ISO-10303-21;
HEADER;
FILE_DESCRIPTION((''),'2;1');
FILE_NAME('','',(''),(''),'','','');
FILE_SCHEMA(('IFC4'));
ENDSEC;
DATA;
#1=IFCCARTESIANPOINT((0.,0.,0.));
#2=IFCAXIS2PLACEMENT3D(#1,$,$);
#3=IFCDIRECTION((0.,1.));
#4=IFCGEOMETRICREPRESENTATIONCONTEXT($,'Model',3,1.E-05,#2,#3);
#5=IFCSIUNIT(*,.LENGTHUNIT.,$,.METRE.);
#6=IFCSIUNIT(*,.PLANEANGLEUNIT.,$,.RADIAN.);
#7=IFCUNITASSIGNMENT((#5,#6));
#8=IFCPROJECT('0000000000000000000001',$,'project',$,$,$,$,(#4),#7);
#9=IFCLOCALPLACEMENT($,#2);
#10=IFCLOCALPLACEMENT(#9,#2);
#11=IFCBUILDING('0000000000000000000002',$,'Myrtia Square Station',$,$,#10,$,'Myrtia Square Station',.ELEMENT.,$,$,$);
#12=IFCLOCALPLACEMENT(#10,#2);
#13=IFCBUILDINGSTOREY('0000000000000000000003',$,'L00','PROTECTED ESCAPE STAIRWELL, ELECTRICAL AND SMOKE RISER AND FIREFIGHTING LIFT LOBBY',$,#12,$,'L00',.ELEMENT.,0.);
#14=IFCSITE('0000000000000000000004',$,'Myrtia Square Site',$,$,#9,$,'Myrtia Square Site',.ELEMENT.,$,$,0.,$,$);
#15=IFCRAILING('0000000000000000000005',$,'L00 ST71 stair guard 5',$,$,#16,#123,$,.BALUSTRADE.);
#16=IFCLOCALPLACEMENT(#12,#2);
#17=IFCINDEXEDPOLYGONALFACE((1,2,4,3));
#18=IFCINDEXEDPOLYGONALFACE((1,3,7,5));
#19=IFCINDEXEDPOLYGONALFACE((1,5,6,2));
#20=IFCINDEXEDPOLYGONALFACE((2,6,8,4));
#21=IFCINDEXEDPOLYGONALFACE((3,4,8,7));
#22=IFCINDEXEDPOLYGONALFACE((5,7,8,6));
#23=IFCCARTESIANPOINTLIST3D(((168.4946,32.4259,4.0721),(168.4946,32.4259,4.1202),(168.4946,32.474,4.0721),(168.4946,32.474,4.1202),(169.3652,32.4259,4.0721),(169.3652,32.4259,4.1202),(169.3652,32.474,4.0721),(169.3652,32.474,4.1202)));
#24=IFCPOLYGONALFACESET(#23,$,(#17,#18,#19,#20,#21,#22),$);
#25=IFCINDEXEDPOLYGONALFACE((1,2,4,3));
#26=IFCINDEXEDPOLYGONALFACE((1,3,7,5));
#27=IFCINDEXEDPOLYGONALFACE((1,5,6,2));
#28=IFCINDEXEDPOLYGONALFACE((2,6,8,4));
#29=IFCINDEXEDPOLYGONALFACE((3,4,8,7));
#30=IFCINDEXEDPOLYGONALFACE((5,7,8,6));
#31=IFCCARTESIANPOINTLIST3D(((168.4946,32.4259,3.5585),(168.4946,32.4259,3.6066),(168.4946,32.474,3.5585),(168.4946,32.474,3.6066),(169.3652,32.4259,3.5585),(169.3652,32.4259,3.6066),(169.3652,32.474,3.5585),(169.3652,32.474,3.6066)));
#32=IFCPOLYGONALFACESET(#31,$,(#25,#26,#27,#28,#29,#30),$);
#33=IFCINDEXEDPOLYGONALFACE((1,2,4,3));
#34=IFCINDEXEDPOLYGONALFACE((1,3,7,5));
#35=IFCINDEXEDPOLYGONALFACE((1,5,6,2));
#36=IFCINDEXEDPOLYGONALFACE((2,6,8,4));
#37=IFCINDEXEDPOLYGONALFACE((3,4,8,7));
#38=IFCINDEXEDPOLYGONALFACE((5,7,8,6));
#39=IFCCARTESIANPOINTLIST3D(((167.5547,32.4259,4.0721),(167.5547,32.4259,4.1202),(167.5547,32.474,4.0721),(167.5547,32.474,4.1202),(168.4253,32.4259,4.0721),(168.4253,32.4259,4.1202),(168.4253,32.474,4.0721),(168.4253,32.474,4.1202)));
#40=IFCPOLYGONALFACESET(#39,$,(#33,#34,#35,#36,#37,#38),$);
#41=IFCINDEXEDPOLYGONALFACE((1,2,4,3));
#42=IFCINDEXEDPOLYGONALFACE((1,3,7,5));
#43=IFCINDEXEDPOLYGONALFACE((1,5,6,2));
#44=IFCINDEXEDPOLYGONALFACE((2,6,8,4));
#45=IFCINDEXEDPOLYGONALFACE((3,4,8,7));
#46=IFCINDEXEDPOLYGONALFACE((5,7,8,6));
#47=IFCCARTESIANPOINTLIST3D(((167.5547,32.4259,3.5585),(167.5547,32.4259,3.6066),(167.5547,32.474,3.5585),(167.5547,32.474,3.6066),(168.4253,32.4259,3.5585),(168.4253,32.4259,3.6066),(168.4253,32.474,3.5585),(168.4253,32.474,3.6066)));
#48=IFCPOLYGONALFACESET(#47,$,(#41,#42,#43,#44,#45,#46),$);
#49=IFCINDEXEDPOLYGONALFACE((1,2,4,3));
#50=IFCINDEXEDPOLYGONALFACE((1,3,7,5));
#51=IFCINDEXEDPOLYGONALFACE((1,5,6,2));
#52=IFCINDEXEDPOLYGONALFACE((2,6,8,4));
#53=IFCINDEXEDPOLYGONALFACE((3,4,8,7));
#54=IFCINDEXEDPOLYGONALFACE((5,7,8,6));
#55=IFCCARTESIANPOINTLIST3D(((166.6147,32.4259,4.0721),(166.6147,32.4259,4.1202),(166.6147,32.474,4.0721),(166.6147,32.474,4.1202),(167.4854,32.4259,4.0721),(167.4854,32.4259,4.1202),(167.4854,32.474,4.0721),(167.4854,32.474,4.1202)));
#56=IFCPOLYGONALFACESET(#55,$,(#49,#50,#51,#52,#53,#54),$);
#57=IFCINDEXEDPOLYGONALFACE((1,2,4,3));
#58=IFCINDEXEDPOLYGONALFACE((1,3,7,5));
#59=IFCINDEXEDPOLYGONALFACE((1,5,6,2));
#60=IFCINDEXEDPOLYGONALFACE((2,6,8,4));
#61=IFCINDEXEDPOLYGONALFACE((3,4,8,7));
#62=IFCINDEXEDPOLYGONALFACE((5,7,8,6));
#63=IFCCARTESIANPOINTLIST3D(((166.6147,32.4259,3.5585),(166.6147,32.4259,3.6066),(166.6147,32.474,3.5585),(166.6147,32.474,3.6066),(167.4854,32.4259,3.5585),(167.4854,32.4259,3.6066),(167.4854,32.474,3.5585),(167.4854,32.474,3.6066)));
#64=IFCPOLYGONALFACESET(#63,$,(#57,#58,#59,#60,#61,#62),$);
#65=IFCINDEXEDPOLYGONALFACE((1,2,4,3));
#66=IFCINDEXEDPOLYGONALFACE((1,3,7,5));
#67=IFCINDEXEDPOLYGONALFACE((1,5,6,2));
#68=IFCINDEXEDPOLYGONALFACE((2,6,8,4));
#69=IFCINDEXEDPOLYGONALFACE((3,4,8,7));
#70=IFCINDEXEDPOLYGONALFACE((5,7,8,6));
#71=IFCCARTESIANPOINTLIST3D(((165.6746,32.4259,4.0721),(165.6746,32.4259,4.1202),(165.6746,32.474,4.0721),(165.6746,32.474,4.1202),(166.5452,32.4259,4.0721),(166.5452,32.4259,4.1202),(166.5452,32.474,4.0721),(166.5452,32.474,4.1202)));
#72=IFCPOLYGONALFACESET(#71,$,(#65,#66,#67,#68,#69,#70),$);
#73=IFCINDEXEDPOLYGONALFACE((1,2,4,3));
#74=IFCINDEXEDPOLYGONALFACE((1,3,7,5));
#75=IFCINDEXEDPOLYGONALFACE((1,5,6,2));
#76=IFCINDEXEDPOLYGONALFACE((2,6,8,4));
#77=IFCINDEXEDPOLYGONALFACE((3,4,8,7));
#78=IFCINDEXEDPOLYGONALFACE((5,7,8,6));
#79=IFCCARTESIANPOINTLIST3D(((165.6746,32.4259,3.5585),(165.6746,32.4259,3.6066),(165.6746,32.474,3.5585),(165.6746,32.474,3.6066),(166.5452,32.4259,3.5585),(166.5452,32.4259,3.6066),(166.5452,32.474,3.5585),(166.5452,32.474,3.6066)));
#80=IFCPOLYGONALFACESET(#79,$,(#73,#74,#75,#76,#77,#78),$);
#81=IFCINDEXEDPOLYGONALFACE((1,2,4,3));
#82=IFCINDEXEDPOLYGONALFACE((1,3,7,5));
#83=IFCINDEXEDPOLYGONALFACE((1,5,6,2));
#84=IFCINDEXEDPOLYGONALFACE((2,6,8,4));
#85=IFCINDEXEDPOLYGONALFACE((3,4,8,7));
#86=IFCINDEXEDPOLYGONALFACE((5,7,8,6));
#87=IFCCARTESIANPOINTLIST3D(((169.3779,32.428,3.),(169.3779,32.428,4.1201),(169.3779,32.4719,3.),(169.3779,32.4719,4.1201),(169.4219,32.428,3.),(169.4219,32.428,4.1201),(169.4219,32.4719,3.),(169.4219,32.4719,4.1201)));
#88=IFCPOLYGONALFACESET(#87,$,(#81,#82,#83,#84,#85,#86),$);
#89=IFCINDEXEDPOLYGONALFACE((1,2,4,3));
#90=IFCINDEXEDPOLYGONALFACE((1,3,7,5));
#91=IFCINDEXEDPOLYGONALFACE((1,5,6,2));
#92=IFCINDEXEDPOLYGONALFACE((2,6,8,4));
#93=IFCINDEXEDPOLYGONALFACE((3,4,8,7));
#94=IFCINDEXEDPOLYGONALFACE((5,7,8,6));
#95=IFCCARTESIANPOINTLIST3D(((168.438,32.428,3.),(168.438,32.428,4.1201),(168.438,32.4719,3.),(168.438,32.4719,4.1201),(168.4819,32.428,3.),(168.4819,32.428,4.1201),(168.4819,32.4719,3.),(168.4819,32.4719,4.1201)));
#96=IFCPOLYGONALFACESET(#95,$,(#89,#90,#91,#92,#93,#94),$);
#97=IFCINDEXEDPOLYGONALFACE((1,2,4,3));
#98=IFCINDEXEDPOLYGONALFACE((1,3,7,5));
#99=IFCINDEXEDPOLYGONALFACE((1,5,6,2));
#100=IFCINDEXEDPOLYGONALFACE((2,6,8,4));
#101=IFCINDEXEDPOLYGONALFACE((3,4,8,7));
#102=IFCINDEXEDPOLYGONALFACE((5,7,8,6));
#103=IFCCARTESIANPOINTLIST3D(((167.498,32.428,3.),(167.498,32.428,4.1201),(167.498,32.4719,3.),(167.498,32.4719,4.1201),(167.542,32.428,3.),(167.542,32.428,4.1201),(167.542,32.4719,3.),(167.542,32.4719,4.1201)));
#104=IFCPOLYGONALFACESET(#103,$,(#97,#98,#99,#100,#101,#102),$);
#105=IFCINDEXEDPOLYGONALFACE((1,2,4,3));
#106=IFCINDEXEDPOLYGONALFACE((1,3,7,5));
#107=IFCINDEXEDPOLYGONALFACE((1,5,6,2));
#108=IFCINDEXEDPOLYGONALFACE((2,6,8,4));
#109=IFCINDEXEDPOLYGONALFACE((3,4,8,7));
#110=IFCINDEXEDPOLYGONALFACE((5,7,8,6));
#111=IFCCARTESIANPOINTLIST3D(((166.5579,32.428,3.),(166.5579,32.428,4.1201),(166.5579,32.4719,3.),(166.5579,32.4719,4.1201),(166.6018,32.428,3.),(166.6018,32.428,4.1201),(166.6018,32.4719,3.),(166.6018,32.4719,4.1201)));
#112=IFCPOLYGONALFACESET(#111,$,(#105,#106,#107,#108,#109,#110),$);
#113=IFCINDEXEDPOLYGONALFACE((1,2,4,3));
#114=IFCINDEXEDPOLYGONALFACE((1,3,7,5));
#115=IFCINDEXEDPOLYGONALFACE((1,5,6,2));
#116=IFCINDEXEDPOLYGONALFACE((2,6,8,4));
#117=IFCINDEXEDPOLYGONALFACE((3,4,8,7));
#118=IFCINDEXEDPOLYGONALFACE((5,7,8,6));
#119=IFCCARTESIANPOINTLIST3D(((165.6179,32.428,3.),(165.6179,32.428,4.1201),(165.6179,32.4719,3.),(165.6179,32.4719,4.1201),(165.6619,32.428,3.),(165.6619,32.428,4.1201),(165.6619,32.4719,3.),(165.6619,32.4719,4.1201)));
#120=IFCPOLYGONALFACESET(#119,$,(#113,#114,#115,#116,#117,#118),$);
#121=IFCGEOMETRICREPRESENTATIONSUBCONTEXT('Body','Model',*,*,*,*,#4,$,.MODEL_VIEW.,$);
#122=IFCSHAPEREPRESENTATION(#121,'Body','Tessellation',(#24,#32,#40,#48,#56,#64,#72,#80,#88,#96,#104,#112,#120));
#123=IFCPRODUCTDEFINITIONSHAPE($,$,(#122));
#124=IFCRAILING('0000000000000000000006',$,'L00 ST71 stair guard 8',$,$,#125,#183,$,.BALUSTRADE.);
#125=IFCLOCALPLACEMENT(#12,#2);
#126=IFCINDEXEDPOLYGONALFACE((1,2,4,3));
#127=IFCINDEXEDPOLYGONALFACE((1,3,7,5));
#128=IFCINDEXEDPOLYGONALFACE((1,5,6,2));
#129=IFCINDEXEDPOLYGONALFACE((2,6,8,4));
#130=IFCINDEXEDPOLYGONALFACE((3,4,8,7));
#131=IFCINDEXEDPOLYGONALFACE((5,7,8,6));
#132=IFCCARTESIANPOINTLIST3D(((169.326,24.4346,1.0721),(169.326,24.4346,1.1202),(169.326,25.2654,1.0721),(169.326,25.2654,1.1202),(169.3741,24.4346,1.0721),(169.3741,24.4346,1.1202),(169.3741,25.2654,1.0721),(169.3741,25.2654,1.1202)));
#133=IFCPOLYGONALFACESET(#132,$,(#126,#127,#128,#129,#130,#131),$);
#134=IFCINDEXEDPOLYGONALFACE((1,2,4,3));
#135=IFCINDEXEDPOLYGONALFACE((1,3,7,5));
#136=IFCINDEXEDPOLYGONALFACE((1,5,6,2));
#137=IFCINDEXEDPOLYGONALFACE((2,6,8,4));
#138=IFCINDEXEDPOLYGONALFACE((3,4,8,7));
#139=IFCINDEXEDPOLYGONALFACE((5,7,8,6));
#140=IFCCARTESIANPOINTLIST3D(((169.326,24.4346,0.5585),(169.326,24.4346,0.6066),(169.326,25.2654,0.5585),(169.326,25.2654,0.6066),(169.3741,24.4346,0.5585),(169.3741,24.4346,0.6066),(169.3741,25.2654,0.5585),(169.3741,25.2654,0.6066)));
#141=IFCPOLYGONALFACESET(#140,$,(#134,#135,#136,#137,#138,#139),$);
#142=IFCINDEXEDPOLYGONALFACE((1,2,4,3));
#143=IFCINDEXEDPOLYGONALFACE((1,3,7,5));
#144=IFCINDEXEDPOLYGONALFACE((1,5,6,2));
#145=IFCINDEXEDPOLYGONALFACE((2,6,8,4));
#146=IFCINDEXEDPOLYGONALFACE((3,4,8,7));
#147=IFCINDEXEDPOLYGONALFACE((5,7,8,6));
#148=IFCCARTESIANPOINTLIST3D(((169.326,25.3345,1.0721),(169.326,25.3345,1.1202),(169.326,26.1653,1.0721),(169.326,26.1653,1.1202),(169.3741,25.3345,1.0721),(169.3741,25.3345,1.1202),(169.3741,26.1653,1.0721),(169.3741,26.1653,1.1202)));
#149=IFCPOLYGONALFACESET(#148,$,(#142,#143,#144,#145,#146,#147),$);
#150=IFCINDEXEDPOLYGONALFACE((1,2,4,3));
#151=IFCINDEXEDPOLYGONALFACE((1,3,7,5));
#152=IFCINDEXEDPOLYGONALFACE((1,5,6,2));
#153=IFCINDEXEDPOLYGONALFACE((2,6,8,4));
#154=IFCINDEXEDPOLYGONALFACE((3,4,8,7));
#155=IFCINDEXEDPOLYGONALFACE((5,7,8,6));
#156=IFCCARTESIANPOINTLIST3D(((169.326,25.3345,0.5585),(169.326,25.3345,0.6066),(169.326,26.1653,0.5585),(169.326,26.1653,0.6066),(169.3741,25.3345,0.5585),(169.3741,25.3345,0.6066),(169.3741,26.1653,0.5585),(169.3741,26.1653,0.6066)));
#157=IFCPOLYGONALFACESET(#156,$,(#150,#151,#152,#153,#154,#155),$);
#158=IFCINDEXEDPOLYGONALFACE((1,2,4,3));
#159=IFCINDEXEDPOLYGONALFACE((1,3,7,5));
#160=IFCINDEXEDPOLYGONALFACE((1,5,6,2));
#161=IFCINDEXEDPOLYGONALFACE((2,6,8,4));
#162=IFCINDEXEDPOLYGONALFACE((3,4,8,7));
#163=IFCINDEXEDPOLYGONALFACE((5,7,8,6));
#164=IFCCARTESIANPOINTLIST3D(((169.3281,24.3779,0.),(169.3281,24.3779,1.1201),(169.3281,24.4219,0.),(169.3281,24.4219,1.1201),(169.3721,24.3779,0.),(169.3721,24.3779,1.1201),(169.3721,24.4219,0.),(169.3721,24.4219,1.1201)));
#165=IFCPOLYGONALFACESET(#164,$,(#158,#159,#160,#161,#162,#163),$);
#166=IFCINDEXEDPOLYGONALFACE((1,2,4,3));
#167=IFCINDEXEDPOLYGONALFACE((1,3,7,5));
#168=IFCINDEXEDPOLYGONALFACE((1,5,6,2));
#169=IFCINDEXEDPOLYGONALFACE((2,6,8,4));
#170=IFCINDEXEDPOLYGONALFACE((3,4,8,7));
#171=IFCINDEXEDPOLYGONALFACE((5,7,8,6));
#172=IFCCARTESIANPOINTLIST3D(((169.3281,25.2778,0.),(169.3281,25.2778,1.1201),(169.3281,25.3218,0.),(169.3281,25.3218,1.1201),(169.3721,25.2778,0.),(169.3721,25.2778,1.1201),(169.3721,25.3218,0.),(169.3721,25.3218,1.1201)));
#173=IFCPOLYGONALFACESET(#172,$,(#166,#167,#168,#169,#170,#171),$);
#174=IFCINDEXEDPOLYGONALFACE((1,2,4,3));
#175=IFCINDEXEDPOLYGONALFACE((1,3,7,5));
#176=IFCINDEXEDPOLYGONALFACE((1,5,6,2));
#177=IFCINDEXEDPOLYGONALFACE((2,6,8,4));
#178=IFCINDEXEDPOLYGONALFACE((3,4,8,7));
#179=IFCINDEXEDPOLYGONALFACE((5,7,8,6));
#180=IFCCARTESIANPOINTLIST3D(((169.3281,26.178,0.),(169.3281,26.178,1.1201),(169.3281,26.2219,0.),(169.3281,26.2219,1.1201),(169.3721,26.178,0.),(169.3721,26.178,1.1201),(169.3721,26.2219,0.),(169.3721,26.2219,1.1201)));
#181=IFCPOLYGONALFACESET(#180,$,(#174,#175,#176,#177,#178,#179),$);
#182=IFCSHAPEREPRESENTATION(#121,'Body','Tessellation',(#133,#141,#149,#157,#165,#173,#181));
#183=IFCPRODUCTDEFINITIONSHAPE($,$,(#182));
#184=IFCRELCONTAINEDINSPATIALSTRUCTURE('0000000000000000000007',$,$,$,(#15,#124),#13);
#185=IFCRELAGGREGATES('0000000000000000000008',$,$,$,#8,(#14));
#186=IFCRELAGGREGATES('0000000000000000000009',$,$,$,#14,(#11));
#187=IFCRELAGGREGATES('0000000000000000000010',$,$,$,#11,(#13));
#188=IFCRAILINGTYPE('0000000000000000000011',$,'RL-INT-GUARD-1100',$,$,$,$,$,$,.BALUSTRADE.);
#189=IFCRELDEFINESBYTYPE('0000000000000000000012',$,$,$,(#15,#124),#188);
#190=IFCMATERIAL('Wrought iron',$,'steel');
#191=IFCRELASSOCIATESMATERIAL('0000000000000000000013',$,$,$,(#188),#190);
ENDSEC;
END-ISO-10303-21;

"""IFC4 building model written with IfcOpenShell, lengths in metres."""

from ifc_helpers import new_model, si_unit, direction, frame, origin, origin_2d, place, context, subcontext, project, spatial, rectangle, extrude, material, type_object, element, save


model = new_model("IFC4")

# Units and contexts
model_context = context("Model", 3, precision=1e-05, world=origin(), true_north=direction((0.0, 1.0)))
body_context = subcontext(model_context, "Body", "Model", "MODEL_VIEW")
ifc_project = project(units=[si_unit("LENGTHUNIT", "METRE"), si_unit("PLANEANGLEUNIT", "RADIAN")], contexts=[model_context])

# Site, building, storey
site_placement = place(None, origin())
site = spatial("IfcSite", under=ifc_project, at=site_placement, Name="Myrtia Square Site", LongName="Myrtia Square Site", CompositionType="ELEMENT", RefElevation=0.0)
building_placement = place(site_placement, origin())
building = spatial("IfcBuilding", under=site, at=building_placement, Name="Myrtia Square Station", LongName="Myrtia Square Station", CompositionType="ELEMENT")
storey_placement = place(building_placement, origin())
storey = spatial("IfcBuildingStorey", under=building, at=storey_placement, Name="L00", Description="PROTECTED ESCAPE STAIRWELL, ELECTRICAL AND SMOKE RISER AND FIREFIGHTING LIFT LOBBY", LongName="L00", CompositionType="ELEMENT", Elevation=0.0)

# Railings
ifc_material_1 = material(Name="Wrought iron", Category="steel")
railing_type_1 = type_object("IfcRailingType", Name="RL-INT-GUARD-1100", PredefinedType="BALUSTRADE", material=ifc_material_1)
railing_1_placement = place(storey_placement, frame((169.3999, 32.45, 3.0)))
element("IfcRailing", 1, at=railing_1_placement, inside=storey, type_object=railing_type_1, Name="L00 ST71 stair guard 5", PredefinedType="BALUSTRADE", context=body_context, shape_type="SweptSolid", body=[
    extrude(rectangle(XDim=0.0481, YDim=0.0481, at=origin_2d()), frame((-0.0347, 0.0, 1.0962), z_axis=(-1.0, 0.0, 0.0), x_axis=(0.0, -1.0, 0.0)), (0.0, 0.0, 1.0), 0.8706),
    extrude(rectangle(XDim=0.0481, YDim=0.0481, at=origin_2d()), frame((-0.0347, 0.0, 0.5825), z_axis=(-1.0, 0.0, 0.0), x_axis=(0.0, -1.0, 0.0)), (0.0, 0.0, 1.0), 0.8706),
    extrude(rectangle(XDim=0.0481, YDim=0.0481, at=origin_2d()), frame((-0.9746, 0.0, 1.0962), z_axis=(-1.0, 0.0, 0.0), x_axis=(0.0, -1.0, 0.0)), (0.0, 0.0, 1.0), 0.8706),
    extrude(rectangle(XDim=0.0481, YDim=0.0481, at=origin_2d()), frame((-0.9746, 0.0, 0.5825), z_axis=(-1.0, 0.0, 0.0), x_axis=(0.0, -1.0, 0.0)), (0.0, 0.0, 1.0), 0.8706),
    extrude(rectangle(XDim=0.0481, YDim=0.0481, at=origin_2d()), frame((-1.9146, 0.0, 1.0962), z_axis=(-1.0, 0.0, 0.0), x_axis=(0.0, -1.0, 0.0)), (0.0, 0.0, 1.0), 0.8706),
    extrude(rectangle(XDim=0.0481, YDim=0.0481, at=origin_2d()), frame((-1.9146, 0.0, 0.5825), z_axis=(-1.0, 0.0, 0.0), x_axis=(0.0, -1.0, 0.0)), (0.0, 0.0, 1.0), 0.8706),
    extrude(rectangle(XDim=0.0481, YDim=0.0481, at=origin_2d()), frame((-2.8547, 0.0, 1.0962), z_axis=(-1.0, 0.0, 0.0), x_axis=(0.0, -1.0, 0.0)), (0.0, 0.0, 1.0), 0.8706),
    extrude(rectangle(XDim=0.0481, YDim=0.0481, at=origin_2d()), frame((-2.8547, 0.0, 0.5825), z_axis=(-1.0, 0.0, 0.0), x_axis=(0.0, -1.0, 0.0)), (0.0, 0.0, 1.0), 0.8706),
    extrude(rectangle(XDim=0.0439, YDim=0.0439, at=origin_2d()), origin(), (0.0, 0.0, 1.0), 1.1201),
    extrude(rectangle(XDim=0.0439, YDim=0.0439, at=origin_2d()), frame((-0.9399, 0.0, 0.0)), (0.0, 0.0, 1.0), 1.1201),
    extrude(rectangle(XDim=0.0439, YDim=0.0439, at=origin_2d()), frame((-1.8799, 0.0, 0.0)), (0.0, 0.0, 1.0), 1.1201),
    extrude(rectangle(XDim=0.0439, YDim=0.0439, at=origin_2d()), frame((-2.8201, 0.0, 0.0)), (0.0, 0.0, 1.0), 1.1201),
    extrude(rectangle(XDim=0.0439, YDim=0.0439, at=origin_2d()), frame((-3.76, 0.0, 0.0)), (0.0, 0.0, 1.0), 1.1201),
])
railing_2_placement = place(storey_placement, frame((169.3501, 24.3999, 0.0)))
element("IfcRailing", 2, at=railing_2_placement, inside=storey, type_object=railing_type_1, Name="L00 ST71 stair guard 8", PredefinedType="BALUSTRADE", context=body_context, shape_type="SweptSolid", body=[
    extrude(rectangle(XDim=0.0481, YDim=0.0481, at=origin_2d()), frame((0.0, 0.0347, 1.0962), z_axis=(0.0, 1.0, 0.0), x_axis=(-1.0, 0.0, 0.0)), (0.0, 0.0, 1.0), 0.8308),
    extrude(rectangle(XDim=0.0481, YDim=0.0481, at=origin_2d()), frame((0.0, 0.0347, 0.5825), z_axis=(0.0, 1.0, 0.0), x_axis=(-1.0, 0.0, 0.0)), (0.0, 0.0, 1.0), 0.8308),
    extrude(rectangle(XDim=0.0481, YDim=0.0481, at=origin_2d()), frame((0.0, 0.9346, 1.0962), z_axis=(0.0, 1.0, 0.0), x_axis=(-1.0, 0.0, 0.0)), (0.0, 0.0, 1.0), 0.8308),
    extrude(rectangle(XDim=0.0481, YDim=0.0481, at=origin_2d()), frame((0.0, 0.9346, 0.5825), z_axis=(0.0, 1.0, 0.0), x_axis=(-1.0, 0.0, 0.0)), (0.0, 0.0, 1.0), 0.8308),
    extrude(rectangle(XDim=0.0439, YDim=0.0439, at=origin_2d()), origin(), (0.0, 0.0, 1.0), 1.1201),
    extrude(rectangle(XDim=0.0439, YDim=0.0439, at=origin_2d()), frame((0.0, 0.8999, 0.0)), (0.0, 0.0, 1.0), 1.1201),
    extrude(rectangle(XDim=0.0439, YDim=0.0439, at=origin_2d()), frame((0.0, 1.8, 0.0)), (0.0, 0.0, 1.0), 1.1201),
])

save(model, "model.ifc")
